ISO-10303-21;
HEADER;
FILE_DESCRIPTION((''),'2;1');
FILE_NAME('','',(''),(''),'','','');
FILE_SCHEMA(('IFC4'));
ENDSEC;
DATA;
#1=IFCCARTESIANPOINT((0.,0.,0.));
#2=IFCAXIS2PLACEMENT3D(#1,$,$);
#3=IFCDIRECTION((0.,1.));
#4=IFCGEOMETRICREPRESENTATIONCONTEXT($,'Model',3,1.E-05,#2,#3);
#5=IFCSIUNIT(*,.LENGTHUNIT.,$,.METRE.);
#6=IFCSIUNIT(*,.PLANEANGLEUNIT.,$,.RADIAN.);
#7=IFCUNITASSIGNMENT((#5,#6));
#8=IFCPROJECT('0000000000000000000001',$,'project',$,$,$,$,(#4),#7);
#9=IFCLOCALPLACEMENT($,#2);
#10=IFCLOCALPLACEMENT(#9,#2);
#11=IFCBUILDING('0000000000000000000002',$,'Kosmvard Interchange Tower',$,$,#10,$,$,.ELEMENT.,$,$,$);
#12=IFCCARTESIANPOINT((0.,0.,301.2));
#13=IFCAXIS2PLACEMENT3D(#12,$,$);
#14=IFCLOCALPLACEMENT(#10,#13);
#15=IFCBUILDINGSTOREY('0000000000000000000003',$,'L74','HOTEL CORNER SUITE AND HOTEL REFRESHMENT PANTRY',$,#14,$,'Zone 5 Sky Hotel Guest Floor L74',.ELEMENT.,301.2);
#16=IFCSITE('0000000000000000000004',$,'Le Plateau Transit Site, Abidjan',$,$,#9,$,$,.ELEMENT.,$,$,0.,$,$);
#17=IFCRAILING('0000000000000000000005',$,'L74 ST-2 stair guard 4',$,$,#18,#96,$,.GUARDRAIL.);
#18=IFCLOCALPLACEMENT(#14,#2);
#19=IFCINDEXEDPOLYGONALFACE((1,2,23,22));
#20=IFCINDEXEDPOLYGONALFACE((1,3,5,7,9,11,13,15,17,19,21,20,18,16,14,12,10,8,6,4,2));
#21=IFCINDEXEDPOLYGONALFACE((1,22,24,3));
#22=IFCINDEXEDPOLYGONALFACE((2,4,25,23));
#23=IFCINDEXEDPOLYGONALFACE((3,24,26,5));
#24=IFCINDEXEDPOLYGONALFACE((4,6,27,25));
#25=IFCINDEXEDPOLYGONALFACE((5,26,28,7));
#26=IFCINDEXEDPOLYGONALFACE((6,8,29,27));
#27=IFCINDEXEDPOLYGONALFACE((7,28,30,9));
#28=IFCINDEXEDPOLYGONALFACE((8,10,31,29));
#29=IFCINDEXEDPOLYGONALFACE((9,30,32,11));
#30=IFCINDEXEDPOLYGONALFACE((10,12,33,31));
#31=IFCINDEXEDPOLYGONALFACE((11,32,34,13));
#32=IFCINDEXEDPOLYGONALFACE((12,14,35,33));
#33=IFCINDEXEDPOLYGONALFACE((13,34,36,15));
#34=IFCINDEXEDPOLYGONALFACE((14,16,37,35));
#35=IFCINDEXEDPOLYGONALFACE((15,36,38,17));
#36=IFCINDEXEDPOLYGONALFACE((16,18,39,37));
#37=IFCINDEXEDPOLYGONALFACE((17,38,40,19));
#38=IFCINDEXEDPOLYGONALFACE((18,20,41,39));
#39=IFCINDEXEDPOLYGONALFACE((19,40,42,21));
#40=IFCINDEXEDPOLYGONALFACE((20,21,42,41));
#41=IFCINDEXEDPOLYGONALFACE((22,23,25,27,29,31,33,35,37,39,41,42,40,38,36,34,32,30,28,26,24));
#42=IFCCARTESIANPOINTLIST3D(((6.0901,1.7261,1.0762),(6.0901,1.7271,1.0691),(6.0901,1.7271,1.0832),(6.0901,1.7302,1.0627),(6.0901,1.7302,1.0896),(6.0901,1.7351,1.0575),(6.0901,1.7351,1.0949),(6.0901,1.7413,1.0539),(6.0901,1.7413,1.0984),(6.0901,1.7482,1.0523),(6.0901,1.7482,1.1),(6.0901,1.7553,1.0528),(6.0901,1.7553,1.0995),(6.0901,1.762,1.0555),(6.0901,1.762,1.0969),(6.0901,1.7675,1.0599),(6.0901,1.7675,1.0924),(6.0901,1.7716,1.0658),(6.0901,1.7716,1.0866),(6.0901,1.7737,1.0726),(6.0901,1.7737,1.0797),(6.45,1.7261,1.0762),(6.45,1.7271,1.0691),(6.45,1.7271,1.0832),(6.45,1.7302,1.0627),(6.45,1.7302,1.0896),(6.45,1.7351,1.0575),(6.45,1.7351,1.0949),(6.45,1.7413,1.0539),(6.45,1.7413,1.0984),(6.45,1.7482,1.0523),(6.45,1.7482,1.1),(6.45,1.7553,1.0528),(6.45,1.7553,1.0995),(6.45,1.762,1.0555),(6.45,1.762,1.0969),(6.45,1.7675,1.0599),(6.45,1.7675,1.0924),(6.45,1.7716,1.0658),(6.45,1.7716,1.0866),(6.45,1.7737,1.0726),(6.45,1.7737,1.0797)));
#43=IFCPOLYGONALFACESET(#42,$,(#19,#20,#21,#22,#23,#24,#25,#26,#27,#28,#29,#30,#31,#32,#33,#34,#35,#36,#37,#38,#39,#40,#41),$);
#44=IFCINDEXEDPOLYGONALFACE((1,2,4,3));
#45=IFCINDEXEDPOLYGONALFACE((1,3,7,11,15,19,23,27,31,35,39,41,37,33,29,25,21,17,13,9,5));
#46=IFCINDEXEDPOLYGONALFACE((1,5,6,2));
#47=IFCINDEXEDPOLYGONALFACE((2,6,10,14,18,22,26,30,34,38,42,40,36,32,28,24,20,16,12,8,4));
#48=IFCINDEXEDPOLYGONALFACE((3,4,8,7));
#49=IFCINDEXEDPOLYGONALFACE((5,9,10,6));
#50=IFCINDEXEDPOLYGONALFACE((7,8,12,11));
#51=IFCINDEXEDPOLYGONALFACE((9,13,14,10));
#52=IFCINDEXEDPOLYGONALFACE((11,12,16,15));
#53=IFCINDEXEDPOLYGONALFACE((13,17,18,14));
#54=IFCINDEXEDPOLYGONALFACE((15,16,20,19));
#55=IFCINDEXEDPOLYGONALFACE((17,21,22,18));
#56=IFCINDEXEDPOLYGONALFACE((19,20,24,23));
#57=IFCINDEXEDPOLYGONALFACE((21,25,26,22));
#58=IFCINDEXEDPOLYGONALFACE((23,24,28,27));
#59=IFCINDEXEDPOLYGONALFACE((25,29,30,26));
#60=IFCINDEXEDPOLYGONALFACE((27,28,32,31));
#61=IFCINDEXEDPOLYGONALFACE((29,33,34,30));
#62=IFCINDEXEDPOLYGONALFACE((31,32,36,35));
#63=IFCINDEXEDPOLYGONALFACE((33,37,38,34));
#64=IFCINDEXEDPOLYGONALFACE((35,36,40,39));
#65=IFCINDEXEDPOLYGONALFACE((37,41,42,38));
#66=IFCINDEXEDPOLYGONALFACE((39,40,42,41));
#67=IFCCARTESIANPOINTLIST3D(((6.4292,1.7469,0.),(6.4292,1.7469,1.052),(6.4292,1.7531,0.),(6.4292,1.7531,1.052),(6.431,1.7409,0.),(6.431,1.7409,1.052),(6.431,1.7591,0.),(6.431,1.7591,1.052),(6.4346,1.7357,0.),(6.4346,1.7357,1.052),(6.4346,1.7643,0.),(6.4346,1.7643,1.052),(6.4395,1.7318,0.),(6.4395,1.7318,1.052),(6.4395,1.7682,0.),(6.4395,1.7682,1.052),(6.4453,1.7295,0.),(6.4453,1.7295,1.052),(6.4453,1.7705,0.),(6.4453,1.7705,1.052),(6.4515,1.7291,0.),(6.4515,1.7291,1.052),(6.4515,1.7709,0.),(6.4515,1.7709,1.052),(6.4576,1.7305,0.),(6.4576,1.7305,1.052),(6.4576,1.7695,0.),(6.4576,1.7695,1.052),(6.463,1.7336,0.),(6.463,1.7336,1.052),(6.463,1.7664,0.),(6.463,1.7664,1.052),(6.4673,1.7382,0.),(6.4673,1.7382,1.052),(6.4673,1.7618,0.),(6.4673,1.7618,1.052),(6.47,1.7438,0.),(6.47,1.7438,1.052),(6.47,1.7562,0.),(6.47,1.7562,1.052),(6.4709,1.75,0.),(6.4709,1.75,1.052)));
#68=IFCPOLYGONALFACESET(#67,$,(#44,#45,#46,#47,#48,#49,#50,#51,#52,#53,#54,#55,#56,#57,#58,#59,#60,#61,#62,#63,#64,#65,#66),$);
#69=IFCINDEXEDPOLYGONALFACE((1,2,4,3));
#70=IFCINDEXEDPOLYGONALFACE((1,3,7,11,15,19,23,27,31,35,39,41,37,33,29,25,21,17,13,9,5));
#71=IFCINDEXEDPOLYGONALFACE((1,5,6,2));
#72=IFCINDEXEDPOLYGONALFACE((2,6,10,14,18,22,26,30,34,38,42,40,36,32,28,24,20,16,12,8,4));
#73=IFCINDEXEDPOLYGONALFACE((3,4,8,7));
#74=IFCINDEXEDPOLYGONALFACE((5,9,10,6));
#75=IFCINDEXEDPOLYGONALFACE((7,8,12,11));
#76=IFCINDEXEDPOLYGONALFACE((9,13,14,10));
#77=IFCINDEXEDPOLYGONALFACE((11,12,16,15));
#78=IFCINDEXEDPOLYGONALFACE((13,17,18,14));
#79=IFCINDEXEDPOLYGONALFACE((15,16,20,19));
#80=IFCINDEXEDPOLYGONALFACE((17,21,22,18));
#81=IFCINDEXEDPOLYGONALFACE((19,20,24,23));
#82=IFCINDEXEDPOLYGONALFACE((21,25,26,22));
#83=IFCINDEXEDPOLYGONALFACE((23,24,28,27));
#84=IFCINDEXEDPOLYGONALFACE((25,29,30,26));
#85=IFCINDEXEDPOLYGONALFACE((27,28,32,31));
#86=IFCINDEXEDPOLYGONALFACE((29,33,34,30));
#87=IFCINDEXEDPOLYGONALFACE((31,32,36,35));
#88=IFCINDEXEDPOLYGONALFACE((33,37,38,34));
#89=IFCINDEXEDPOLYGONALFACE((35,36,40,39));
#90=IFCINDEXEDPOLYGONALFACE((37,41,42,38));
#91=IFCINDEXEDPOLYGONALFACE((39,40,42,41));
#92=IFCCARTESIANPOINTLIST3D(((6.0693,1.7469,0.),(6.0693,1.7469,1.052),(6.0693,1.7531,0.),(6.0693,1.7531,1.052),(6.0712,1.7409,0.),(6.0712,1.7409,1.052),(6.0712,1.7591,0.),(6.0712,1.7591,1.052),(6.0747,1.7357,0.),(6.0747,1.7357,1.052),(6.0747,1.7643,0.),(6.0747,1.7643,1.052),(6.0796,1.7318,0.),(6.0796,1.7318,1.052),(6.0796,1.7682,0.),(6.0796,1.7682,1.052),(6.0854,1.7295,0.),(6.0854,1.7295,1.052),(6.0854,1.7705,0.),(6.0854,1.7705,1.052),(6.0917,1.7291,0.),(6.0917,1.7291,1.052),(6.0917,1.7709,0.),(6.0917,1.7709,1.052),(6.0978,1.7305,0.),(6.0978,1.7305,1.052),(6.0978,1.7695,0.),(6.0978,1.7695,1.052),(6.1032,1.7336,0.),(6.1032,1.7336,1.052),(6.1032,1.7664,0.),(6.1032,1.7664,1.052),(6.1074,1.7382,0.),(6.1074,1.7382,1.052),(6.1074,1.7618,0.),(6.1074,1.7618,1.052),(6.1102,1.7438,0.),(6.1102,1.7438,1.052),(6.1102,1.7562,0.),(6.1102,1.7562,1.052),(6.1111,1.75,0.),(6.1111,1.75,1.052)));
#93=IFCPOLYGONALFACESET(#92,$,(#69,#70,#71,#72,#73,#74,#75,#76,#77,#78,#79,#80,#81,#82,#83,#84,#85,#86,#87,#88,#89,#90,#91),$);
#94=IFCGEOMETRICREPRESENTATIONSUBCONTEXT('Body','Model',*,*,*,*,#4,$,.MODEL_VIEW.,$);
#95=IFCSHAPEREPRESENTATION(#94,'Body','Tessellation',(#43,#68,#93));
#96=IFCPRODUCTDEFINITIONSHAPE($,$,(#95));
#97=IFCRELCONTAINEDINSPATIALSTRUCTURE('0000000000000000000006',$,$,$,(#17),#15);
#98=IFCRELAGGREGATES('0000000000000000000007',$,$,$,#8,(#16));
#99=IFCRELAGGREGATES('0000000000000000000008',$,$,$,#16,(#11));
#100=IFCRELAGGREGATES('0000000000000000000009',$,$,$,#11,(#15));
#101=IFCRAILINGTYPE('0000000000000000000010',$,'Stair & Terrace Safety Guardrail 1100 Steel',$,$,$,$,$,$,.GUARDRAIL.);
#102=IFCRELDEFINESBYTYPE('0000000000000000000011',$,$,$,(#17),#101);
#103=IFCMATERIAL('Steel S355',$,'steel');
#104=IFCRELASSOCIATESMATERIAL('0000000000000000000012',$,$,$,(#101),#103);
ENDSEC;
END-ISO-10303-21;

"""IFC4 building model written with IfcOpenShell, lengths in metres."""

from ifc_helpers import new_model, si_unit, direction, frame, origin, origin_2d, place, context, subcontext, project, spatial, circle, extrude, source, transform, mapped, material, type_object, element, save


model = new_model("IFC4")

# Units and contexts
model_context = context("Model", 3, precision=1e-05, world=origin(), true_north=direction((0.0, 1.0)))
body_context = subcontext(model_context, "Body", "Model", "MODEL_VIEW")
ifc_project = project(units=[si_unit("LENGTHUNIT", "METRE"), si_unit("PLANEANGLEUNIT", "RADIAN")], contexts=[model_context])

# Site, building, storey
site_placement = place(None, origin())
site = spatial("IfcSite", under=ifc_project, at=site_placement, Name="Le Plateau Transit Site, Abidjan", CompositionType="ELEMENT", RefElevation=0.0)
building_placement = place(site_placement, origin())
building = spatial("IfcBuilding", under=site, at=building_placement, Name="Kosmvard Interchange Tower", CompositionType="ELEMENT")
storey_placement = place(building_placement, frame((0.0, 0.0, 301.2)))
storey = spatial("IfcBuildingStorey", under=building, at=storey_placement, Name="L74", Description="HOTEL CORNER SUITE AND HOTEL REFRESHMENT PANTRY", LongName="Zone 5 Sky Hotel Guest Floor L74", CompositionType="ELEMENT", Elevation=301.2)

# Shared definitions
ifc_material_1 = material(Name="Steel S355", Category="steel")

# Railing
railing_type_1 = type_object("IfcRailingType", Name="Stair & Terrace Safety Guardrail 1100 Steel", PredefinedType="GUARDRAIL", material=ifc_material_1)
shared_shape_1 = source(origin(), body_context, "Body", "SweptSolid", [
    extrude(circle(Radius=0.0239, at=origin_2d()), frame((0.0, 0.0, 1.0762), z_axis=(-1.0, 0.0, 0.0), x_axis=(0.0, -1.0, 0.0)), (0.0, 0.0, 1.0), 0.3599),
    extrude(circle(Radius=0.021, at=origin_2d()), origin(), (0.0, 0.0, 1.0), 1.052),
    extrude(circle(Radius=0.021, at=origin_2d()), frame((-0.3599, 0.0, 0.0)), (0.0, 0.0, 1.0), 1.052),
])
for number, where, name in (
    (1, (6.45, 1.75, 0.0), "L74 ST-2 stair guard 4"),
):
    element("IfcRailing", number, at=place(storey_placement, frame(where)), inside=storey, type_object=railing_type_1, Name=name, PredefinedType="GUARDRAIL", context=body_context, shape_type="MappedRepresentation", body=[
        mapped(shared_shape_1, transform((0.0, 0.0, 0.0), scale=1.0)),
    ])

save(model, "model.ifc")
